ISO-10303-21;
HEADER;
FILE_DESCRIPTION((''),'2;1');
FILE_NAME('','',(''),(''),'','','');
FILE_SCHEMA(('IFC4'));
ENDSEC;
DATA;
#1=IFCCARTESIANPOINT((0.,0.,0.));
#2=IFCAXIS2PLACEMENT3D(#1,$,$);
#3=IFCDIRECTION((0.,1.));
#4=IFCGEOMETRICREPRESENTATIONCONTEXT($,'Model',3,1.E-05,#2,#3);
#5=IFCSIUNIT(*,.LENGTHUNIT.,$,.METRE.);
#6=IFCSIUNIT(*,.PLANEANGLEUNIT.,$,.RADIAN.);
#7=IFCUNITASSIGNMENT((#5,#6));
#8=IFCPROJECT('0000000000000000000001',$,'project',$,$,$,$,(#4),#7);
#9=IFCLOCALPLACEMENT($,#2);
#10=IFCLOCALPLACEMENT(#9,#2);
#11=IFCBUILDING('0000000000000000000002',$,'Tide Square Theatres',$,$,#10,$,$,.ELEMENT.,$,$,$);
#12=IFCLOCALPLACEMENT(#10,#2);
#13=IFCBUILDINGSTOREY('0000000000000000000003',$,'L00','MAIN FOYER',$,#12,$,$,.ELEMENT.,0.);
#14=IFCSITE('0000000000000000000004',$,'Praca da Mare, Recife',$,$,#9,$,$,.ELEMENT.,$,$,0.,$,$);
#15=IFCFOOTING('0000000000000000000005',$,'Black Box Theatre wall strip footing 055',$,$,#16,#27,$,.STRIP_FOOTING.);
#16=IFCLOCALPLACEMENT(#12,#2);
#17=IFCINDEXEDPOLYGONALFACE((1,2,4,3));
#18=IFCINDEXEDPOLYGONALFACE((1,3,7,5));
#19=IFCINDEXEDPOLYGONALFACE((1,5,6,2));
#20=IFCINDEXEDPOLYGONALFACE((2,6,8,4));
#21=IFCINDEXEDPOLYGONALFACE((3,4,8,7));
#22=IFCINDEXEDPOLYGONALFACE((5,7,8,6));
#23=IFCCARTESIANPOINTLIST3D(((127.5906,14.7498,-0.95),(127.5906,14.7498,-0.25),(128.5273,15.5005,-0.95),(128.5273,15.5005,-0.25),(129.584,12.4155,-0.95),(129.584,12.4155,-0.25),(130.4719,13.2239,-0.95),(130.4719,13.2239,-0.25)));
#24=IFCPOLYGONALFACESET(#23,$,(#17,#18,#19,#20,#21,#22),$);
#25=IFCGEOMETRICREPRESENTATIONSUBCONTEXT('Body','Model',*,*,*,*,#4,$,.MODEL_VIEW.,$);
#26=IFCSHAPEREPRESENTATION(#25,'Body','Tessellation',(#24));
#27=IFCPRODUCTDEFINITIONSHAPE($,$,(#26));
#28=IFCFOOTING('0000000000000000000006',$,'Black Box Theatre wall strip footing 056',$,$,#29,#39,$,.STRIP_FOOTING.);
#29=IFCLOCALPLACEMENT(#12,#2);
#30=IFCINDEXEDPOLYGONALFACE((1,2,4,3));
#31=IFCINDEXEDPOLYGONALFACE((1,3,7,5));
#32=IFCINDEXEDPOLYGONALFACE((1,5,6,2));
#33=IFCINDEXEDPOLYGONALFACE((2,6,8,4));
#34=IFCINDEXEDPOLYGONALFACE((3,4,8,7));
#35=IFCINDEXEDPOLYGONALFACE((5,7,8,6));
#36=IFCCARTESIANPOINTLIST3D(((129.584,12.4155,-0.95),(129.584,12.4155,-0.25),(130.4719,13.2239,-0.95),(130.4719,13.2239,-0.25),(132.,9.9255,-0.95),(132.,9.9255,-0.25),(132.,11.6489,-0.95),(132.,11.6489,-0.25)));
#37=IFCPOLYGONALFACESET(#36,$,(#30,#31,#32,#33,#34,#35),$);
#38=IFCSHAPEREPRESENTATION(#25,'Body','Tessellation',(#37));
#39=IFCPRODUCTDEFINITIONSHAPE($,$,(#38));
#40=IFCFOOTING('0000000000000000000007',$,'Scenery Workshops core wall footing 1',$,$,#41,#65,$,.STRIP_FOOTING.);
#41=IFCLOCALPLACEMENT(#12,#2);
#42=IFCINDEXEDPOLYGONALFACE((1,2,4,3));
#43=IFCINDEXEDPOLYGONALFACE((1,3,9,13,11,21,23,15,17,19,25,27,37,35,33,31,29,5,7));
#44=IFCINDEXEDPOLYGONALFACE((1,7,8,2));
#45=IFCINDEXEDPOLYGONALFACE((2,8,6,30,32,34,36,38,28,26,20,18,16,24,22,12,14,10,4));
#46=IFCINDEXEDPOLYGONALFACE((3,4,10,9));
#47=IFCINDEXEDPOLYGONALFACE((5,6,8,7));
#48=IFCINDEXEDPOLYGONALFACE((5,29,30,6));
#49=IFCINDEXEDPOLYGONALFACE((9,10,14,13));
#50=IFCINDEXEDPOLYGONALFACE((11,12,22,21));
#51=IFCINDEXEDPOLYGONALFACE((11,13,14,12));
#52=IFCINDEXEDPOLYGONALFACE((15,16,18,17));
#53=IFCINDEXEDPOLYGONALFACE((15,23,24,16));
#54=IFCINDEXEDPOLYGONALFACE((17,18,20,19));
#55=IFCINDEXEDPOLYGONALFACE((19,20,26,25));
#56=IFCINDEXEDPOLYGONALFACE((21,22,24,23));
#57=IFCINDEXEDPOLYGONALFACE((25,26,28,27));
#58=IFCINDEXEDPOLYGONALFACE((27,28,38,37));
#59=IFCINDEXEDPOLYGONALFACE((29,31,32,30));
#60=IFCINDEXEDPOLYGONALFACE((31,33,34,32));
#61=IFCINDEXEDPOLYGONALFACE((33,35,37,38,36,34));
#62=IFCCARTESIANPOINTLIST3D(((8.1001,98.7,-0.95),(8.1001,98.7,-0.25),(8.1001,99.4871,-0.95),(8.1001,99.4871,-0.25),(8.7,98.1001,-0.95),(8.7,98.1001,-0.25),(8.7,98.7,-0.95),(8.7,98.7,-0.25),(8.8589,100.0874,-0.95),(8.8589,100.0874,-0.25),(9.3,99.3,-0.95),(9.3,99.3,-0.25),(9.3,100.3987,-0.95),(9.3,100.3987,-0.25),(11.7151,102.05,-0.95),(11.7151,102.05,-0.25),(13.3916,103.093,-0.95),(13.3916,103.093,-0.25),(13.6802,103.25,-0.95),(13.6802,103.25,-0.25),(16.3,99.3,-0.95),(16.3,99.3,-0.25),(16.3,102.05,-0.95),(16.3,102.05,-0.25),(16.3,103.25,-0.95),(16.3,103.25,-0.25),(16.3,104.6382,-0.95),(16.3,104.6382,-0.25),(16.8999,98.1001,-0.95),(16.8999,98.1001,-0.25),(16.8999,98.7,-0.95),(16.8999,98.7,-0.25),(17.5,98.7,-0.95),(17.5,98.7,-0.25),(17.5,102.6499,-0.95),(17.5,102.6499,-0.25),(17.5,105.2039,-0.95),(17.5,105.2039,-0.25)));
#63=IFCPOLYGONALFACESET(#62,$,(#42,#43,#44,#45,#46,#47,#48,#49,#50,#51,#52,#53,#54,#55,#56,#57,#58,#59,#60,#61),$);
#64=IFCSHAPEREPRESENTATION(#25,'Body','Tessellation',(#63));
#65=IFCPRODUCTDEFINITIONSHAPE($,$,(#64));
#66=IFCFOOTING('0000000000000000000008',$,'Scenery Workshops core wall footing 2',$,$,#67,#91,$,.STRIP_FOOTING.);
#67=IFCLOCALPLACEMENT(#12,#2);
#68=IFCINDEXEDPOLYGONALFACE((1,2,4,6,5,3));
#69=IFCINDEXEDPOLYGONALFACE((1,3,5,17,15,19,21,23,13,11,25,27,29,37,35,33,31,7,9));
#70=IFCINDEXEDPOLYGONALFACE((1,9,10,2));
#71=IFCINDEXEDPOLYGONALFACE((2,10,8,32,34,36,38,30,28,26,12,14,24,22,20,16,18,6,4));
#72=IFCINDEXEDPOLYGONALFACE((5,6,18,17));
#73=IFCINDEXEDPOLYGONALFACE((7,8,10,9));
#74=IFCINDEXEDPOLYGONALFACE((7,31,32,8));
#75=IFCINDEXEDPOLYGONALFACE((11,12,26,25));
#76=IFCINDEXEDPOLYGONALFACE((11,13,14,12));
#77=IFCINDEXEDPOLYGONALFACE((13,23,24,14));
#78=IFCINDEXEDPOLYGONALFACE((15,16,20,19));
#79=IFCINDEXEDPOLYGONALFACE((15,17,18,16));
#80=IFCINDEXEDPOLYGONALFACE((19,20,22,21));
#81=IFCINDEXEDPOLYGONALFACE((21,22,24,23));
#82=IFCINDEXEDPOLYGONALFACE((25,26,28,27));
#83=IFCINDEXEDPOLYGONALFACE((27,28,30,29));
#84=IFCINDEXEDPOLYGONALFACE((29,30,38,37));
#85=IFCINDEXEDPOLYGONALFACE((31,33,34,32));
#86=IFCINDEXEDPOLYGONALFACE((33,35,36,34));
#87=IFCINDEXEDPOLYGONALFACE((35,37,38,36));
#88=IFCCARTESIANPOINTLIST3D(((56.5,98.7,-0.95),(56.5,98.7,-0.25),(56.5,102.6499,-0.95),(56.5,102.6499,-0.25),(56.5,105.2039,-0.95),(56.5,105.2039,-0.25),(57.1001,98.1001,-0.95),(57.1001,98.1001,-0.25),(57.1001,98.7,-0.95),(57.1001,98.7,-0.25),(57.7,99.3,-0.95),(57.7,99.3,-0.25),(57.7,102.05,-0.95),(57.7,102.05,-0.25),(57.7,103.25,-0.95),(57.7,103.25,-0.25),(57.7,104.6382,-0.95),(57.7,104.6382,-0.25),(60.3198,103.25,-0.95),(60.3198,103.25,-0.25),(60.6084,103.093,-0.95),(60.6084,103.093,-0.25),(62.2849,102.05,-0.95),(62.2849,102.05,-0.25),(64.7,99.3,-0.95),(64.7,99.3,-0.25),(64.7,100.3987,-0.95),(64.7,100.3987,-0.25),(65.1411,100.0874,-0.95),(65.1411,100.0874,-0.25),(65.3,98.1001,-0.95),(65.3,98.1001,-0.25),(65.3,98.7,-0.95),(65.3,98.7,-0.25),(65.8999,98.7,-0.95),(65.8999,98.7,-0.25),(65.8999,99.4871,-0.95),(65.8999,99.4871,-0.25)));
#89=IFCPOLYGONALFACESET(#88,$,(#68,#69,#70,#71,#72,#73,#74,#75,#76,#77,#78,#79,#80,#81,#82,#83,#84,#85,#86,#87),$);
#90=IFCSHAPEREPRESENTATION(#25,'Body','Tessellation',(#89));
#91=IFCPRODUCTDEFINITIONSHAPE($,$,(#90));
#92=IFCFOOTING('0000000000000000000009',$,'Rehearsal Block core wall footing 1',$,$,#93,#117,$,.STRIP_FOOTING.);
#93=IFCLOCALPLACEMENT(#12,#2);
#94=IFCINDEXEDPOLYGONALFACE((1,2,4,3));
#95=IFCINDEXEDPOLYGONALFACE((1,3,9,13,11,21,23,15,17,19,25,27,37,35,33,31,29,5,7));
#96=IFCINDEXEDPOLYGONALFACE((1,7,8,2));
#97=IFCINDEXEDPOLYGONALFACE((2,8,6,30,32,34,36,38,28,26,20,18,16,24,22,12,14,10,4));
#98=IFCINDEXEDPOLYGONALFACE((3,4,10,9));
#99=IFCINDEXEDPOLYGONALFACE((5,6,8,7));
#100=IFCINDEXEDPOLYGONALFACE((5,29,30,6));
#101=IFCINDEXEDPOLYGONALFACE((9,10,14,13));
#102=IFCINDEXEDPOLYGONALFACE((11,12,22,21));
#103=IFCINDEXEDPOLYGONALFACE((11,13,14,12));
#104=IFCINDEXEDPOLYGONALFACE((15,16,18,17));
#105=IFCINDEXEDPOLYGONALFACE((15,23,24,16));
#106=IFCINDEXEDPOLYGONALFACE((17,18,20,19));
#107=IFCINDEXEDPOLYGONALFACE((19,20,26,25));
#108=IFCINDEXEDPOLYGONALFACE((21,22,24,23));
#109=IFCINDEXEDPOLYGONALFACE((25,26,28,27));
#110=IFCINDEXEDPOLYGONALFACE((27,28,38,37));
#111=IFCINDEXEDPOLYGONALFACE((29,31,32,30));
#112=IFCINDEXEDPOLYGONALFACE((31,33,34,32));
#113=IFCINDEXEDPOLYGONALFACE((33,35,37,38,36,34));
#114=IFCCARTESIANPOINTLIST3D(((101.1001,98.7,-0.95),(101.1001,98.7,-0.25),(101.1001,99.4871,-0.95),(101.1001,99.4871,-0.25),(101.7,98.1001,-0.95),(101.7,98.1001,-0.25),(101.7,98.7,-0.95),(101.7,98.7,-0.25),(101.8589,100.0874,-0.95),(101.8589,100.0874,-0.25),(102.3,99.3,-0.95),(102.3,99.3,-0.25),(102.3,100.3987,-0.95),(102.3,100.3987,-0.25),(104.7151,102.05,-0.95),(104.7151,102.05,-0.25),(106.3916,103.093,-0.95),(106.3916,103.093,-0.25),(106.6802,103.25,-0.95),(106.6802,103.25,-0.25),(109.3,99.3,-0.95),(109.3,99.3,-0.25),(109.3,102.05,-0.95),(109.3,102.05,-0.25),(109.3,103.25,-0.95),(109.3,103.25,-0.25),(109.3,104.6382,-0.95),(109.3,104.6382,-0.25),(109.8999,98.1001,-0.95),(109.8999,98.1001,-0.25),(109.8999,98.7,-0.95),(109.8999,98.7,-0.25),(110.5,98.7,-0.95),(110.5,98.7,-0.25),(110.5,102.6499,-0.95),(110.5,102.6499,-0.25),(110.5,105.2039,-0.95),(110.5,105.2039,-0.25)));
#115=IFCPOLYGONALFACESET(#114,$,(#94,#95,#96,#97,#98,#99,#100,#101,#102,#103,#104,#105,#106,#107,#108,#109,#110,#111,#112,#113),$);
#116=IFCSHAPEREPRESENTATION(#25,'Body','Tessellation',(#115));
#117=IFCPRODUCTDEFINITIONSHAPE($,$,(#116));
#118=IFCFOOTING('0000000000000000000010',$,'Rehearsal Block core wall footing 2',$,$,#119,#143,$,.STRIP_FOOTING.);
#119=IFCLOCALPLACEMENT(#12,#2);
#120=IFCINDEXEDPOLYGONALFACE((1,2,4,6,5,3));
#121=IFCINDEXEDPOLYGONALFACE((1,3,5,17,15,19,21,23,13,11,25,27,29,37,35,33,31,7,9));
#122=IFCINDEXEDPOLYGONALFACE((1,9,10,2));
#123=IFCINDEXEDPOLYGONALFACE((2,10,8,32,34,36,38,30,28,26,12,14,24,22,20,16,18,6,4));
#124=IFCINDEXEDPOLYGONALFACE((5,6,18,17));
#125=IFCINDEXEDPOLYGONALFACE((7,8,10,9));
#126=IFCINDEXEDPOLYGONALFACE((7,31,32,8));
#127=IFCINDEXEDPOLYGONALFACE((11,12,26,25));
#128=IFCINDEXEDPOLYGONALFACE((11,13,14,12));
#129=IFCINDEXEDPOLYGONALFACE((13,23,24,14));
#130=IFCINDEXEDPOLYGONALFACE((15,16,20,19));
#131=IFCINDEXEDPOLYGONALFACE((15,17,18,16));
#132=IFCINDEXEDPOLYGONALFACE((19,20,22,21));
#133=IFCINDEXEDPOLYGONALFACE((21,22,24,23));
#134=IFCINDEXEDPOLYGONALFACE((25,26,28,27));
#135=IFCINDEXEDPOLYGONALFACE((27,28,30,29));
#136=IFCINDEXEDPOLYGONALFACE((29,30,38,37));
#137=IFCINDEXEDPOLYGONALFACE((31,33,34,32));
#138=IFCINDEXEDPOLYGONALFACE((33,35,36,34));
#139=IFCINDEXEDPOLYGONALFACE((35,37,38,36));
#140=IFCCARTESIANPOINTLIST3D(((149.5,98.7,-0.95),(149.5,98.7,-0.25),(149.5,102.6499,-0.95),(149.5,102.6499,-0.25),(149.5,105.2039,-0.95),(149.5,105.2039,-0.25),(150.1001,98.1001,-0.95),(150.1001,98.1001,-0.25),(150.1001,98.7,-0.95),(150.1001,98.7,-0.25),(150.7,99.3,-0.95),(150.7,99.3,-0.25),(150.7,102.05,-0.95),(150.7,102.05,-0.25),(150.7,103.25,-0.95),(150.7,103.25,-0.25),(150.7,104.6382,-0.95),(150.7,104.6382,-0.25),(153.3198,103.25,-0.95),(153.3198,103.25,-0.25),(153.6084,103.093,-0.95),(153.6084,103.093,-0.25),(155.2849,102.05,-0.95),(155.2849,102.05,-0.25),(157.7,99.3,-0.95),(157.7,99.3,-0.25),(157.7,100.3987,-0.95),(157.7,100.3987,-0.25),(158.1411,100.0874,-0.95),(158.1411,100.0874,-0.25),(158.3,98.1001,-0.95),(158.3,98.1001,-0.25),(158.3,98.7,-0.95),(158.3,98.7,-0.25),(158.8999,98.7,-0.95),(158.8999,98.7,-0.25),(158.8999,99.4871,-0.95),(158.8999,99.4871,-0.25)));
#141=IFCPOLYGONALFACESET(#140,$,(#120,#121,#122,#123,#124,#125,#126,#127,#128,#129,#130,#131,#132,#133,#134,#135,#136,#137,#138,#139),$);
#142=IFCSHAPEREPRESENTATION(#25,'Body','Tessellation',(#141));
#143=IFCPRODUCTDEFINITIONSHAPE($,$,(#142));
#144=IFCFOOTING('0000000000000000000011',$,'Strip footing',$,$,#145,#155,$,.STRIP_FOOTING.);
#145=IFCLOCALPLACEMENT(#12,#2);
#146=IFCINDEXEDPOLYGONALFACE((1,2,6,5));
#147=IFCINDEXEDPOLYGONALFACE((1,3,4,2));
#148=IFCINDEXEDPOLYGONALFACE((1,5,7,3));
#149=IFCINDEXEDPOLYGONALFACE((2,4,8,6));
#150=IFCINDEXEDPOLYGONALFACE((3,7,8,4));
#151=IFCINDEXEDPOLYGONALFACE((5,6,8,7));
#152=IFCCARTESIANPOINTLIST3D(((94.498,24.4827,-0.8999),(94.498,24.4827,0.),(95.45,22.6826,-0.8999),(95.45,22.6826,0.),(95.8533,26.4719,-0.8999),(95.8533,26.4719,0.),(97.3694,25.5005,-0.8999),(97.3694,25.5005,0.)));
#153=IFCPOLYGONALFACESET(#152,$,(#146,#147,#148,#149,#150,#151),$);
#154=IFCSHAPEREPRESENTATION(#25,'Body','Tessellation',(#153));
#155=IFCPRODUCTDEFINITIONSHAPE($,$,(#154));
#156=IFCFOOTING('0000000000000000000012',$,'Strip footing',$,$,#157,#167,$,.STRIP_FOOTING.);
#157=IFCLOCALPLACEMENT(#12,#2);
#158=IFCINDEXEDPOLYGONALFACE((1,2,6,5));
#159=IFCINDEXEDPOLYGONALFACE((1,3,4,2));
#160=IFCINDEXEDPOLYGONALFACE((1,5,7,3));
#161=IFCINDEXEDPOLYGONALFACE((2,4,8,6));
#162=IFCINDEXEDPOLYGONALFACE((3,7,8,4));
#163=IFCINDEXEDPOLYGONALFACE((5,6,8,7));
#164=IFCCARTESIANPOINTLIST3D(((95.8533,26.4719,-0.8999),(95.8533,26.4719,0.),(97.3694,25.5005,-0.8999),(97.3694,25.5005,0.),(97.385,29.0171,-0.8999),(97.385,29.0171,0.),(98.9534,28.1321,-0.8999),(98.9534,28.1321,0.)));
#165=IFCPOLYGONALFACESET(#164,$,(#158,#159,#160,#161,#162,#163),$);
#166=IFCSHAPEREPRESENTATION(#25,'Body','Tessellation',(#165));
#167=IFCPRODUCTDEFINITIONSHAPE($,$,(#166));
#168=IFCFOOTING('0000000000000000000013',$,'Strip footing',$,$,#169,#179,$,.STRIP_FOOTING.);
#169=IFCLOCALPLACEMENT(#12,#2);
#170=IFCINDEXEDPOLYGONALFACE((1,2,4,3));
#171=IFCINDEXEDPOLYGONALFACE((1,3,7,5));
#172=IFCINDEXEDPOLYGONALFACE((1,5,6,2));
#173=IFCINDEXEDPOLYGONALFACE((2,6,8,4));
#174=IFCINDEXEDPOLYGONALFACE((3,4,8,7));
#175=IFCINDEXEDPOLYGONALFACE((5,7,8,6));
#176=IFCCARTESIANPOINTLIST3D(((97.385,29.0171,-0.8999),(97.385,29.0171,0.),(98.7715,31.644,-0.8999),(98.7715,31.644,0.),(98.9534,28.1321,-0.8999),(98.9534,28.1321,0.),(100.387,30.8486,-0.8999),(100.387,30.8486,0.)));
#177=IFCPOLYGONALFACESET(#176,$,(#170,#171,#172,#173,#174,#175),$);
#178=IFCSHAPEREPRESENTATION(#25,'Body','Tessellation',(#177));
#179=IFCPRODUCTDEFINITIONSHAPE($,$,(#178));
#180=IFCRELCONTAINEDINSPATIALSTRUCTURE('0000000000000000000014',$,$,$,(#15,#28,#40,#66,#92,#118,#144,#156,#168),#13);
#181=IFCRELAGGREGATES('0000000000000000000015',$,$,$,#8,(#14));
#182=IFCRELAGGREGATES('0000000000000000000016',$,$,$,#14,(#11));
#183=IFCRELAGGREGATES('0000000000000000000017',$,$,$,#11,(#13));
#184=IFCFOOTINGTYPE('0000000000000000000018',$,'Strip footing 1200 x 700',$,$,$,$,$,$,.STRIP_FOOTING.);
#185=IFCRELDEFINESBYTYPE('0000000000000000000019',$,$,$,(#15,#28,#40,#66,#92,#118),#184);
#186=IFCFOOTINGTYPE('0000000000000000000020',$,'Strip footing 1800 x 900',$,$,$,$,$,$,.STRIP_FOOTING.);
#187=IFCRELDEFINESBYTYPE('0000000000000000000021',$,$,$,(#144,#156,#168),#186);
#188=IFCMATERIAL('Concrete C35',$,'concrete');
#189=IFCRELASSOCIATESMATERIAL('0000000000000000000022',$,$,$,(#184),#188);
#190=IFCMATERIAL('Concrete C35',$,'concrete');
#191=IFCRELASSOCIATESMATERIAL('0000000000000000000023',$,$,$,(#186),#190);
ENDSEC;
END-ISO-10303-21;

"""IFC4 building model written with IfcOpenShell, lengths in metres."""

from ifc_helpers import new_model, si_unit, direction, frame, origin, place, context, subcontext, project, spatial, polyline, outline, extrude, material, type_object, element, save


model = new_model("IFC4")

# Units and contexts
model_context = context("Model", 3, precision=1e-05, world=origin(), true_north=direction((0.0, 1.0)))
body_context = subcontext(model_context, "Body", "Model", "MODEL_VIEW")
ifc_project = project(units=[si_unit("LENGTHUNIT", "METRE"), si_unit("PLANEANGLEUNIT", "RADIAN")], contexts=[model_context])

# Site, building, storey
site_placement = place(None, origin())
site = spatial("IfcSite", under=ifc_project, at=site_placement, Name="Praca da Mare, Recife", CompositionType="ELEMENT", RefElevation=0.0)
building_placement = place(site_placement, origin())
building = spatial("IfcBuilding", under=site, at=building_placement, Name="Tide Square Theatres", CompositionType="ELEMENT")
storey_placement = place(building_placement, origin())
storey = spatial("IfcBuildingStorey", under=building, at=storey_placement, Name="L00", Description="MAIN FOYER", CompositionType="ELEMENT", Elevation=0.0)

# Footings
ifc_material_1 = material(Name="Concrete C35", Category="concrete")
footing_type_1 = type_object("IfcFootingType", Name="Strip footing 1200 x 700", PredefinedType="STRIP_FOOTING", material=ifc_material_1)
footing_1_placement = place(storey_placement, frame((0.0, 0.0, -0.95)))
element("IfcFooting", 1, at=footing_1_placement, inside=storey, type_object=footing_type_1, Name="Black Box Theatre wall strip footing 055", PredefinedType="STRIP_FOOTING", context=body_context, shape_type="SweptSolid", body=[
    extrude(outline(polyline([(127.5906, 14.7498), (129.584, 12.4155), (130.4719, 13.2239), (128.5273, 15.5005), (127.5906, 14.7498)])), origin(), (0.0, 0.0, 1.0), 0.7),
])
footing_2_placement = place(storey_placement, frame((0.0, 0.0, -0.95)))
element("IfcFooting", 2, at=footing_2_placement, inside=storey, type_object=footing_type_1, Name="Black Box Theatre wall strip footing 056", PredefinedType="STRIP_FOOTING", context=body_context, shape_type="SweptSolid", body=[
    extrude(outline(polyline([(129.584, 12.4155), (132.0, 9.9255), (132.0, 11.6489), (130.4719, 13.2239), (129.584, 12.4155)])), origin(), (0.0, 0.0, 1.0), 0.7),
])
footing_3_placement = place(storey_placement, frame((0.0, 0.0, -0.95)))
element("IfcFooting", 3, at=footing_3_placement, inside=storey, type_object=footing_type_1, Name="Scenery Workshops core wall footing 1", PredefinedType="STRIP_FOOTING", context=body_context, shape_type="SweptSolid", body=[
    extrude(outline(polyline([(13.3916, 103.093), (11.7151, 102.05), (16.3, 102.05), (16.3, 99.3), (9.3, 99.3), (9.3, 100.3987), (8.8589, 100.0874), (8.1001, 99.4871), (8.1001, 98.7), (8.7, 98.7), (8.7, 98.1001), (16.8999, 98.1001), (16.8999, 98.7), (17.5, 98.7), (17.5, 102.6499), (17.5, 105.2039), (16.3, 104.6382), (16.3, 103.25), (13.6802, 103.25), (13.3916, 103.093)])), origin(), (0.0, 0.0, 1.0), 0.7),
])
footing_4_placement = place(storey_placement, frame((0.0, 0.0, -0.95)))
element("IfcFooting", 4, at=footing_4_placement, inside=storey, type_object=footing_type_1, Name="Scenery Workshops core wall footing 2", PredefinedType="STRIP_FOOTING", context=body_context, shape_type="SweptSolid", body=[
    extrude(outline(polyline([(65.3, 98.7), (65.8999, 98.7), (65.8999, 99.4871), (65.1411, 100.0874), (64.7, 100.3987), (64.7, 99.3), (57.7, 99.3), (57.7, 102.05), (62.2849, 102.05), (60.6084, 103.093), (60.3198, 103.25), (57.7, 103.25), (57.7, 104.6382), (56.5, 105.2039), (56.5, 102.6499), (56.5, 98.7), (57.1001, 98.7), (57.1001, 98.1001), (65.3, 98.1001), (65.3, 98.7)])), origin(), (0.0, 0.0, 1.0), 0.7),
])
footing_5_placement = place(storey_placement, frame((0.0, 0.0, -0.95)))
element("IfcFooting", 5, at=footing_5_placement, inside=storey, type_object=footing_type_1, Name="Rehearsal Block core wall footing 1", PredefinedType="STRIP_FOOTING", context=body_context, shape_type="SweptSolid", body=[
    extrude(outline(polyline([(106.3916, 103.093), (104.7151, 102.05), (109.3, 102.05), (109.3, 99.3), (102.3, 99.3), (102.3, 100.3987), (101.8589, 100.0874), (101.1001, 99.4871), (101.1001, 98.7), (101.7, 98.7), (101.7, 98.1001), (109.8999, 98.1001), (109.8999, 98.7), (110.5, 98.7), (110.5, 102.6499), (110.5, 105.2039), (109.3, 104.6382), (109.3, 103.25), (106.6802, 103.25), (106.3916, 103.093)])), origin(), (0.0, 0.0, 1.0), 0.7),
])
footing_6_placement = place(storey_placement, frame((0.0, 0.0, -0.95)))
element("IfcFooting", 6, at=footing_6_placement, inside=storey, type_object=footing_type_1, Name="Rehearsal Block core wall footing 2", PredefinedType="STRIP_FOOTING", context=body_context, shape_type="SweptSolid", body=[
    extrude(outline(polyline([(158.3, 98.7), (158.8999, 98.7), (158.8999, 99.4871), (158.1411, 100.0874), (157.7, 100.3987), (157.7, 99.3), (150.7, 99.3), (150.7, 102.05), (155.2849, 102.05), (153.6084, 103.093), (153.3198, 103.25), (150.7, 103.25), (150.7, 104.6382), (149.5, 105.2039), (149.5, 102.6499), (149.5, 98.7), (150.1001, 98.7), (150.1001, 98.1001), (158.3, 98.1001), (158.3, 98.7)])), origin(), (0.0, 0.0, 1.0), 0.7),
])
ifc_material_2 = material(Name="Concrete C35", Category="concrete")
footing_type_2 = type_object("IfcFootingType", Name="Strip footing 1800 x 900", PredefinedType="STRIP_FOOTING", material=ifc_material_2)
footing_7_placement = place(storey_placement, frame((0.0, 0.0, -0.8999)))
element("IfcFooting", 7, at=footing_7_placement, inside=storey, type_object=footing_type_2, Name="Strip footing", PredefinedType="STRIP_FOOTING", context=body_context, shape_type="SweptSolid", body=[
    extrude(outline(polyline([(95.45, 22.6826), (97.3694, 25.5005), (95.8533, 26.4719), (94.498, 24.4827), (95.45, 22.6826)])), origin(), (0.0, 0.0, 1.0), 0.8999),
])
footing_8_placement = place(storey_placement, frame((0.0, 0.0, -0.8999)))
element("IfcFooting", 8, at=footing_8_placement, inside=storey, type_object=footing_type_2, Name="Strip footing", PredefinedType="STRIP_FOOTING", context=body_context, shape_type="SweptSolid", body=[
    extrude(outline(polyline([(97.3694, 25.5005), (98.9534, 28.1321), (97.385, 29.0171), (95.8533, 26.4719), (97.3694, 25.5005)])), origin(), (0.0, 0.0, 1.0), 0.8999),
])
footing_9_placement = place(storey_placement, frame((0.0, 0.0, -0.8999)))
element("IfcFooting", 9, at=footing_9_placement, inside=storey, type_object=footing_type_2, Name="Strip footing", PredefinedType="STRIP_FOOTING", context=body_context, shape_type="SweptSolid", body=[
    extrude(outline(polyline([(98.9534, 28.1321), (100.387, 30.8486), (98.7715, 31.644), (97.385, 29.0171), (98.9534, 28.1321)])), origin(), (0.0, 0.0, 1.0), 0.8999),
])

save(model, "model.ifc")
